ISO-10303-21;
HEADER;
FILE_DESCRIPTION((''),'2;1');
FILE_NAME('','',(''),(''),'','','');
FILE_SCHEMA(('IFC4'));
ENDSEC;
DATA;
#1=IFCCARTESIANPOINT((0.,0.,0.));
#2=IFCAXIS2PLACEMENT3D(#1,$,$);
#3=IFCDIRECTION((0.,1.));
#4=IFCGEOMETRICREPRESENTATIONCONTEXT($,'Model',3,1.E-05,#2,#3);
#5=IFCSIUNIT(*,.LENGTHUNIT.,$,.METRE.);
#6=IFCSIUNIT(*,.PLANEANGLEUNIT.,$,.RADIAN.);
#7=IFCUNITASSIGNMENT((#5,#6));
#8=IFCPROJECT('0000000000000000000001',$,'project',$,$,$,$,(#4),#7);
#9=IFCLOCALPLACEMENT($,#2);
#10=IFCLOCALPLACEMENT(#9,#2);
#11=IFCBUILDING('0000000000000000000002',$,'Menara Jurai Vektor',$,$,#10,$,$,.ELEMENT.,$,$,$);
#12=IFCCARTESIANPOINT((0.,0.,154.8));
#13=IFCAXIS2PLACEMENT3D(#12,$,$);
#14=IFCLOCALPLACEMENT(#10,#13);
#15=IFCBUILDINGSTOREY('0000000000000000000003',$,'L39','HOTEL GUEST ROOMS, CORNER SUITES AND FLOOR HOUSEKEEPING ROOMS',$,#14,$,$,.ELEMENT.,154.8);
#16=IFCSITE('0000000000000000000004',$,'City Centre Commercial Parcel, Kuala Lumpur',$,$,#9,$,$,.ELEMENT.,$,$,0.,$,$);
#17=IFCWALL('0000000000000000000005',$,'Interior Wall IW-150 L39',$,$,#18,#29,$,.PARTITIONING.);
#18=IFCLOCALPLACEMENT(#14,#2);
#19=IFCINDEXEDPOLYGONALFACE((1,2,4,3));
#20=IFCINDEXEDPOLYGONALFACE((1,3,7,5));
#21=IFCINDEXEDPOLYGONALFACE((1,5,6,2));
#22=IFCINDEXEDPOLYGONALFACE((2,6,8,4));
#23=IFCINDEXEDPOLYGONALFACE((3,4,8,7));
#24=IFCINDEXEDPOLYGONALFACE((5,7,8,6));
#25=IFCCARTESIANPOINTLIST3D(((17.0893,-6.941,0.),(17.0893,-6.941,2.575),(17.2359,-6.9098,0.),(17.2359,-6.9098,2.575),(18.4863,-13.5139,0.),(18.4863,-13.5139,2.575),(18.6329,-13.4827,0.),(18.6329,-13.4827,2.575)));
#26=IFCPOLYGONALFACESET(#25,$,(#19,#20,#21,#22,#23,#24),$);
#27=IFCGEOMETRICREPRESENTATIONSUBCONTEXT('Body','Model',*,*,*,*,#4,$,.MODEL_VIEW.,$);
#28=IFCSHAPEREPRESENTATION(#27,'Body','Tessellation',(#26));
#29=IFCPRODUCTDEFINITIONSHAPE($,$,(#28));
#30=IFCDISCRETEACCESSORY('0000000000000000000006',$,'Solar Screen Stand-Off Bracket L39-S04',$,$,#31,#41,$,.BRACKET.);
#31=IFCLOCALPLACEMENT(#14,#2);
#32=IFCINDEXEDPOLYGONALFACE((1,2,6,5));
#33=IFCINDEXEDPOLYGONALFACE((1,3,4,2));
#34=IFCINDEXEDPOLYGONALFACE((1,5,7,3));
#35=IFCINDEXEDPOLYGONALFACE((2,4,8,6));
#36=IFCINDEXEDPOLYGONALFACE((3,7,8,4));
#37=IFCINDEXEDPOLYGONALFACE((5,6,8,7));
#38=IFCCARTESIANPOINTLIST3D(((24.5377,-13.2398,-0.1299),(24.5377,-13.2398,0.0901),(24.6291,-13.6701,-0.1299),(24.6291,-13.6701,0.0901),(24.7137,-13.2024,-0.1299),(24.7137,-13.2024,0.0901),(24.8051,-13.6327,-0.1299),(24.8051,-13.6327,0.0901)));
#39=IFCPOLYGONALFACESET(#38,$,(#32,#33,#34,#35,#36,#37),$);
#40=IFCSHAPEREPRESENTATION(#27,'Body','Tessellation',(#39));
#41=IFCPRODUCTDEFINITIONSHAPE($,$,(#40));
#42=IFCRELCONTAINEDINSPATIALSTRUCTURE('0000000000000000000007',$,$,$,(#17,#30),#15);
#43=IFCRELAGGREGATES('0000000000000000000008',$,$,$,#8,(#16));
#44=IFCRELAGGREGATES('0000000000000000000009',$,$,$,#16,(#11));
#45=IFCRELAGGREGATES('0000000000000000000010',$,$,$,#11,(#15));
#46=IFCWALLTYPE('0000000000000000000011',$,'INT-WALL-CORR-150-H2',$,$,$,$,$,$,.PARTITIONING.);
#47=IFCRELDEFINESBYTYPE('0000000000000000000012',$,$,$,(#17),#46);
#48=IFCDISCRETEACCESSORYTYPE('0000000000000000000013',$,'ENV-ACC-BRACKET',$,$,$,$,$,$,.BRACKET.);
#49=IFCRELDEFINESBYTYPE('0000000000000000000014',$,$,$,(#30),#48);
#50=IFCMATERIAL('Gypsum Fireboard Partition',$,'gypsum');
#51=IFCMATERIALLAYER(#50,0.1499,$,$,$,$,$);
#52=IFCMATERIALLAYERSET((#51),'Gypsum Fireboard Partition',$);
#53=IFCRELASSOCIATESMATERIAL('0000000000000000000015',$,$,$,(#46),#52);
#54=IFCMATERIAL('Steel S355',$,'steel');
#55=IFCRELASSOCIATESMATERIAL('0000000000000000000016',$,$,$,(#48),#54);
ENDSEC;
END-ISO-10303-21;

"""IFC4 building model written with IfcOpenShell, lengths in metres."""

from ifc_helpers import new_model, si_unit, direction, frame, frame_2d, origin, origin_2d, place, context, subcontext, project, spatial, rectangle, extrude, material, layer, layer_set, type_object, element, save


model = new_model("IFC4")

# Units and contexts
model_context = context("Model", 3, precision=1e-05, world=origin(), true_north=direction((0.0, 1.0)))
body_context = subcontext(model_context, "Body", "Model", "MODEL_VIEW")
ifc_project = project(units=[si_unit("LENGTHUNIT", "METRE"), si_unit("PLANEANGLEUNIT", "RADIAN")], contexts=[model_context])

# Site, building, storey
site_placement = place(None, origin())
site = spatial("IfcSite", under=ifc_project, at=site_placement, Name="City Centre Commercial Parcel, Kuala Lumpur", CompositionType="ELEMENT", RefElevation=0.0)
building_placement = place(site_placement, origin())
building = spatial("IfcBuilding", under=site, at=building_placement, Name="Menara Jurai Vektor", CompositionType="ELEMENT")
storey_placement = place(building_placement, frame((0.0, 0.0, 154.8)))
storey = spatial("IfcBuildingStorey", under=building, at=storey_placement, Name="L39", Description="HOTEL GUEST ROOMS, CORNER SUITES AND FLOOR HOUSEKEEPING ROOMS", CompositionType="ELEMENT", Elevation=154.8)

# Shared definitions
ifc_material_1 = material(Name="Steel S355", Category="steel")

# Shared definitions
ifc_material_2 = material(Name="Gypsum Fireboard Partition", Category="gypsum")

# Wall
ifc_layer_1 = layer(ifc_material_2, 0.1499)
ifc_layer_set_1 = layer_set([ifc_layer_1], Name="Gypsum Fireboard Partition")
wall_type_1 = type_object("IfcWallType", Name="INT-WALL-CORR-150-H2", PredefinedType="PARTITIONING", material=ifc_layer_set_1)
wall_1_placement = place(storey_placement, frame((18.5596, -13.4983, 0.0), z_axis=(0.0, 0.0, 1.0), x_axis=(-0.207889, 0.978152, 0.0)))
element("IfcWall", 1, at=wall_1_placement, inside=storey, type_object=wall_type_1, Name="Interior Wall IW-150 L39", PredefinedType="PARTITIONING", context=body_context, shape_type="SweptSolid", body=[
    extrude(rectangle(XDim=6.7197, YDim=0.1499, at=frame_2d((3.3599, 0.0))), origin(), (0.0, 0.0, 1.0), 2.575),
])

# Discrete accessory
discrete_accessory_type = type_object("IfcDiscreteAccessoryType", Name="ENV-ACC-BRACKET", PredefinedType="BRACKET", material=ifc_material_1)
discrete_accessory_placement = place(storey_placement, frame((24.6714, -13.4363, -0.1299), z_axis=(0.0, 0.0, 1.0), x_axis=(0.978148, 0.207912, 0.0)))
element("IfcDiscreteAccessory", 2, at=discrete_accessory_placement, inside=storey, type_object=discrete_accessory_type, Name="Solar Screen Stand-Off Bracket L39-S04", PredefinedType="BRACKET", context=body_context, shape_type="SweptSolid", body=[
    extrude(rectangle(XDim=0.1799, YDim=0.4399, at=origin_2d()), origin(), (0.0, 0.0, 1.0), 0.22),
])

save(model, "model.ifc")
